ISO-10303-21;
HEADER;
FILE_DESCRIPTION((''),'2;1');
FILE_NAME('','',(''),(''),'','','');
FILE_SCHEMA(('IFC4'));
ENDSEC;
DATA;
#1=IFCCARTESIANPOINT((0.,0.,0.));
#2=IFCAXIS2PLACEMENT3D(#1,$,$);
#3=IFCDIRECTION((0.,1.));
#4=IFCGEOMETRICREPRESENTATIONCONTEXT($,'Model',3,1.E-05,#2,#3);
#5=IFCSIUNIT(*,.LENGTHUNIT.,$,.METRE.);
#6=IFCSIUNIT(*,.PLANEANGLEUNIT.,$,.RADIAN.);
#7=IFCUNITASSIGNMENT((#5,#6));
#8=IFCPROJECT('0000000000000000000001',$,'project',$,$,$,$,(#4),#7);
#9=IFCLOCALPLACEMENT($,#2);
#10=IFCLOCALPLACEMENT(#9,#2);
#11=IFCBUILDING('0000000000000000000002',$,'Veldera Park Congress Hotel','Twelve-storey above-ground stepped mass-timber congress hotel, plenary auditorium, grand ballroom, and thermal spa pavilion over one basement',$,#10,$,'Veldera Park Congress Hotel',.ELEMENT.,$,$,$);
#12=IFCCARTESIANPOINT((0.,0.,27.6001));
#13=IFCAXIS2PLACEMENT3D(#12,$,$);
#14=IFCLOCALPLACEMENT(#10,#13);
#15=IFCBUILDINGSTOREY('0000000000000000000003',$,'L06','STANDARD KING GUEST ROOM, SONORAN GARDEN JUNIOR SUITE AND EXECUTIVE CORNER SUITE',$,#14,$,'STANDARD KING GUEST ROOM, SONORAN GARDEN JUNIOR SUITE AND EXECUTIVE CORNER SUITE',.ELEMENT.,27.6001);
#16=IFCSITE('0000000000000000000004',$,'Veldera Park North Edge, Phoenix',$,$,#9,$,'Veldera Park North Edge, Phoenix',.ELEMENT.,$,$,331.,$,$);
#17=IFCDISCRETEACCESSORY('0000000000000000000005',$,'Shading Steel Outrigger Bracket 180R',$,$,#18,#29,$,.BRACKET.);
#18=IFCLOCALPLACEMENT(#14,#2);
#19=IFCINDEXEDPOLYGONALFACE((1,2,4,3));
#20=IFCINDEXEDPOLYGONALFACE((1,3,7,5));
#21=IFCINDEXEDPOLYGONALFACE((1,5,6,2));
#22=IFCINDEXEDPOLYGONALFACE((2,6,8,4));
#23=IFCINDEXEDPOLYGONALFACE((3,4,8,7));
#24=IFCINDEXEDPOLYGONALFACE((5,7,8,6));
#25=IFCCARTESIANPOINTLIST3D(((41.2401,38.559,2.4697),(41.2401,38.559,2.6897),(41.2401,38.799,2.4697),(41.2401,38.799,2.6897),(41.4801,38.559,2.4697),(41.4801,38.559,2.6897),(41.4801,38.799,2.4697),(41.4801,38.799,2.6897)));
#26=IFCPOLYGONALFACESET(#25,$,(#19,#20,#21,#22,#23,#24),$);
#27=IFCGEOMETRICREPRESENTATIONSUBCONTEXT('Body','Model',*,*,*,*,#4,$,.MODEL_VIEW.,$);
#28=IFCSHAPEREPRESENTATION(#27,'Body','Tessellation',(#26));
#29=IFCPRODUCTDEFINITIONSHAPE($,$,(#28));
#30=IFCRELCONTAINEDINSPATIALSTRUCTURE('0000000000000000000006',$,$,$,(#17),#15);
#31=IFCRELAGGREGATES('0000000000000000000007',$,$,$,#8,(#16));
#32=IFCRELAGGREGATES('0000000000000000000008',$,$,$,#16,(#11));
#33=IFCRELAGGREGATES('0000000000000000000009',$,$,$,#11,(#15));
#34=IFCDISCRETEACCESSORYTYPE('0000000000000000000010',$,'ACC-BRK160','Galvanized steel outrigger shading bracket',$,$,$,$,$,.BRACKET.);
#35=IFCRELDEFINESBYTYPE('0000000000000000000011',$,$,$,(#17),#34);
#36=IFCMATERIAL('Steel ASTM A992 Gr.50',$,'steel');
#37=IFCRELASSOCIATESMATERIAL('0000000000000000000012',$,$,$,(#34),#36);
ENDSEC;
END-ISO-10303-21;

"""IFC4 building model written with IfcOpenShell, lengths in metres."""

from ifc_helpers import new_model, si_unit, direction, frame, origin, origin_2d, place, context, subcontext, project, spatial, rectangle, extrude, material, type_object, element, save


model = new_model("IFC4")

# Units and contexts
model_context = context("Model", 3, precision=1e-05, world=origin(), true_north=direction((0.0, 1.0)))
body_context = subcontext(model_context, "Body", "Model", "MODEL_VIEW")
ifc_project = project(units=[si_unit("LENGTHUNIT", "METRE"), si_unit("PLANEANGLEUNIT", "RADIAN")], contexts=[model_context])

# Site, building, storey
site_placement = place(None, origin())
site = spatial("IfcSite", under=ifc_project, at=site_placement, Name="Veldera Park North Edge, Phoenix", LongName="Veldera Park North Edge, Phoenix", CompositionType="ELEMENT", RefElevation=331.0)
building_placement = place(site_placement, origin())
building = spatial("IfcBuilding", under=site, at=building_placement, Name="Veldera Park Congress Hotel", Description="Twelve-storey above-ground stepped mass-timber congress hotel, plenary auditorium, grand ballroom, and thermal spa pavilion over one basement", LongName="Veldera Park Congress Hotel", CompositionType="ELEMENT")
storey_placement = place(building_placement, frame((0.0, 0.0, 27.6001)))
storey = spatial("IfcBuildingStorey", under=building, at=storey_placement, Name="L06", Description="STANDARD KING GUEST ROOM, SONORAN GARDEN JUNIOR SUITE AND EXECUTIVE CORNER SUITE", LongName="STANDARD KING GUEST ROOM, SONORAN GARDEN JUNIOR SUITE AND EXECUTIVE CORNER SUITE", CompositionType="ELEMENT", Elevation=27.6001)

# Discrete accessory
ifc_material_1 = material(Name="Steel ASTM A992 Gr.50", Category="steel")
discrete_accessory_type = type_object("IfcDiscreteAccessoryType", Name="ACC-BRK160", Description="Galvanized steel outrigger shading bracket", PredefinedType="BRACKET", material=ifc_material_1)
for number, where, z_axis, x_axis, name in (
    (1, (41.3601, 38.679, 2.4697), (0.0, 0.0, 1.0), (0.0, -1.0, 0.0), "Shading Steel Outrigger Bracket 180R"),
):
    element("IfcDiscreteAccessory", number, at=place(storey_placement, frame(where, z_axis=z_axis, x_axis=x_axis)), inside=storey, type_object=discrete_accessory_type, Name=name, PredefinedType="BRACKET", context=body_context, shape_type="SweptSolid", body=[
        extrude(rectangle(XDim=0.24, YDim=0.24, at=origin_2d()), origin(), (0.0, 0.0, 1.0), 0.22),
    ])

save(model, "model.ifc")
